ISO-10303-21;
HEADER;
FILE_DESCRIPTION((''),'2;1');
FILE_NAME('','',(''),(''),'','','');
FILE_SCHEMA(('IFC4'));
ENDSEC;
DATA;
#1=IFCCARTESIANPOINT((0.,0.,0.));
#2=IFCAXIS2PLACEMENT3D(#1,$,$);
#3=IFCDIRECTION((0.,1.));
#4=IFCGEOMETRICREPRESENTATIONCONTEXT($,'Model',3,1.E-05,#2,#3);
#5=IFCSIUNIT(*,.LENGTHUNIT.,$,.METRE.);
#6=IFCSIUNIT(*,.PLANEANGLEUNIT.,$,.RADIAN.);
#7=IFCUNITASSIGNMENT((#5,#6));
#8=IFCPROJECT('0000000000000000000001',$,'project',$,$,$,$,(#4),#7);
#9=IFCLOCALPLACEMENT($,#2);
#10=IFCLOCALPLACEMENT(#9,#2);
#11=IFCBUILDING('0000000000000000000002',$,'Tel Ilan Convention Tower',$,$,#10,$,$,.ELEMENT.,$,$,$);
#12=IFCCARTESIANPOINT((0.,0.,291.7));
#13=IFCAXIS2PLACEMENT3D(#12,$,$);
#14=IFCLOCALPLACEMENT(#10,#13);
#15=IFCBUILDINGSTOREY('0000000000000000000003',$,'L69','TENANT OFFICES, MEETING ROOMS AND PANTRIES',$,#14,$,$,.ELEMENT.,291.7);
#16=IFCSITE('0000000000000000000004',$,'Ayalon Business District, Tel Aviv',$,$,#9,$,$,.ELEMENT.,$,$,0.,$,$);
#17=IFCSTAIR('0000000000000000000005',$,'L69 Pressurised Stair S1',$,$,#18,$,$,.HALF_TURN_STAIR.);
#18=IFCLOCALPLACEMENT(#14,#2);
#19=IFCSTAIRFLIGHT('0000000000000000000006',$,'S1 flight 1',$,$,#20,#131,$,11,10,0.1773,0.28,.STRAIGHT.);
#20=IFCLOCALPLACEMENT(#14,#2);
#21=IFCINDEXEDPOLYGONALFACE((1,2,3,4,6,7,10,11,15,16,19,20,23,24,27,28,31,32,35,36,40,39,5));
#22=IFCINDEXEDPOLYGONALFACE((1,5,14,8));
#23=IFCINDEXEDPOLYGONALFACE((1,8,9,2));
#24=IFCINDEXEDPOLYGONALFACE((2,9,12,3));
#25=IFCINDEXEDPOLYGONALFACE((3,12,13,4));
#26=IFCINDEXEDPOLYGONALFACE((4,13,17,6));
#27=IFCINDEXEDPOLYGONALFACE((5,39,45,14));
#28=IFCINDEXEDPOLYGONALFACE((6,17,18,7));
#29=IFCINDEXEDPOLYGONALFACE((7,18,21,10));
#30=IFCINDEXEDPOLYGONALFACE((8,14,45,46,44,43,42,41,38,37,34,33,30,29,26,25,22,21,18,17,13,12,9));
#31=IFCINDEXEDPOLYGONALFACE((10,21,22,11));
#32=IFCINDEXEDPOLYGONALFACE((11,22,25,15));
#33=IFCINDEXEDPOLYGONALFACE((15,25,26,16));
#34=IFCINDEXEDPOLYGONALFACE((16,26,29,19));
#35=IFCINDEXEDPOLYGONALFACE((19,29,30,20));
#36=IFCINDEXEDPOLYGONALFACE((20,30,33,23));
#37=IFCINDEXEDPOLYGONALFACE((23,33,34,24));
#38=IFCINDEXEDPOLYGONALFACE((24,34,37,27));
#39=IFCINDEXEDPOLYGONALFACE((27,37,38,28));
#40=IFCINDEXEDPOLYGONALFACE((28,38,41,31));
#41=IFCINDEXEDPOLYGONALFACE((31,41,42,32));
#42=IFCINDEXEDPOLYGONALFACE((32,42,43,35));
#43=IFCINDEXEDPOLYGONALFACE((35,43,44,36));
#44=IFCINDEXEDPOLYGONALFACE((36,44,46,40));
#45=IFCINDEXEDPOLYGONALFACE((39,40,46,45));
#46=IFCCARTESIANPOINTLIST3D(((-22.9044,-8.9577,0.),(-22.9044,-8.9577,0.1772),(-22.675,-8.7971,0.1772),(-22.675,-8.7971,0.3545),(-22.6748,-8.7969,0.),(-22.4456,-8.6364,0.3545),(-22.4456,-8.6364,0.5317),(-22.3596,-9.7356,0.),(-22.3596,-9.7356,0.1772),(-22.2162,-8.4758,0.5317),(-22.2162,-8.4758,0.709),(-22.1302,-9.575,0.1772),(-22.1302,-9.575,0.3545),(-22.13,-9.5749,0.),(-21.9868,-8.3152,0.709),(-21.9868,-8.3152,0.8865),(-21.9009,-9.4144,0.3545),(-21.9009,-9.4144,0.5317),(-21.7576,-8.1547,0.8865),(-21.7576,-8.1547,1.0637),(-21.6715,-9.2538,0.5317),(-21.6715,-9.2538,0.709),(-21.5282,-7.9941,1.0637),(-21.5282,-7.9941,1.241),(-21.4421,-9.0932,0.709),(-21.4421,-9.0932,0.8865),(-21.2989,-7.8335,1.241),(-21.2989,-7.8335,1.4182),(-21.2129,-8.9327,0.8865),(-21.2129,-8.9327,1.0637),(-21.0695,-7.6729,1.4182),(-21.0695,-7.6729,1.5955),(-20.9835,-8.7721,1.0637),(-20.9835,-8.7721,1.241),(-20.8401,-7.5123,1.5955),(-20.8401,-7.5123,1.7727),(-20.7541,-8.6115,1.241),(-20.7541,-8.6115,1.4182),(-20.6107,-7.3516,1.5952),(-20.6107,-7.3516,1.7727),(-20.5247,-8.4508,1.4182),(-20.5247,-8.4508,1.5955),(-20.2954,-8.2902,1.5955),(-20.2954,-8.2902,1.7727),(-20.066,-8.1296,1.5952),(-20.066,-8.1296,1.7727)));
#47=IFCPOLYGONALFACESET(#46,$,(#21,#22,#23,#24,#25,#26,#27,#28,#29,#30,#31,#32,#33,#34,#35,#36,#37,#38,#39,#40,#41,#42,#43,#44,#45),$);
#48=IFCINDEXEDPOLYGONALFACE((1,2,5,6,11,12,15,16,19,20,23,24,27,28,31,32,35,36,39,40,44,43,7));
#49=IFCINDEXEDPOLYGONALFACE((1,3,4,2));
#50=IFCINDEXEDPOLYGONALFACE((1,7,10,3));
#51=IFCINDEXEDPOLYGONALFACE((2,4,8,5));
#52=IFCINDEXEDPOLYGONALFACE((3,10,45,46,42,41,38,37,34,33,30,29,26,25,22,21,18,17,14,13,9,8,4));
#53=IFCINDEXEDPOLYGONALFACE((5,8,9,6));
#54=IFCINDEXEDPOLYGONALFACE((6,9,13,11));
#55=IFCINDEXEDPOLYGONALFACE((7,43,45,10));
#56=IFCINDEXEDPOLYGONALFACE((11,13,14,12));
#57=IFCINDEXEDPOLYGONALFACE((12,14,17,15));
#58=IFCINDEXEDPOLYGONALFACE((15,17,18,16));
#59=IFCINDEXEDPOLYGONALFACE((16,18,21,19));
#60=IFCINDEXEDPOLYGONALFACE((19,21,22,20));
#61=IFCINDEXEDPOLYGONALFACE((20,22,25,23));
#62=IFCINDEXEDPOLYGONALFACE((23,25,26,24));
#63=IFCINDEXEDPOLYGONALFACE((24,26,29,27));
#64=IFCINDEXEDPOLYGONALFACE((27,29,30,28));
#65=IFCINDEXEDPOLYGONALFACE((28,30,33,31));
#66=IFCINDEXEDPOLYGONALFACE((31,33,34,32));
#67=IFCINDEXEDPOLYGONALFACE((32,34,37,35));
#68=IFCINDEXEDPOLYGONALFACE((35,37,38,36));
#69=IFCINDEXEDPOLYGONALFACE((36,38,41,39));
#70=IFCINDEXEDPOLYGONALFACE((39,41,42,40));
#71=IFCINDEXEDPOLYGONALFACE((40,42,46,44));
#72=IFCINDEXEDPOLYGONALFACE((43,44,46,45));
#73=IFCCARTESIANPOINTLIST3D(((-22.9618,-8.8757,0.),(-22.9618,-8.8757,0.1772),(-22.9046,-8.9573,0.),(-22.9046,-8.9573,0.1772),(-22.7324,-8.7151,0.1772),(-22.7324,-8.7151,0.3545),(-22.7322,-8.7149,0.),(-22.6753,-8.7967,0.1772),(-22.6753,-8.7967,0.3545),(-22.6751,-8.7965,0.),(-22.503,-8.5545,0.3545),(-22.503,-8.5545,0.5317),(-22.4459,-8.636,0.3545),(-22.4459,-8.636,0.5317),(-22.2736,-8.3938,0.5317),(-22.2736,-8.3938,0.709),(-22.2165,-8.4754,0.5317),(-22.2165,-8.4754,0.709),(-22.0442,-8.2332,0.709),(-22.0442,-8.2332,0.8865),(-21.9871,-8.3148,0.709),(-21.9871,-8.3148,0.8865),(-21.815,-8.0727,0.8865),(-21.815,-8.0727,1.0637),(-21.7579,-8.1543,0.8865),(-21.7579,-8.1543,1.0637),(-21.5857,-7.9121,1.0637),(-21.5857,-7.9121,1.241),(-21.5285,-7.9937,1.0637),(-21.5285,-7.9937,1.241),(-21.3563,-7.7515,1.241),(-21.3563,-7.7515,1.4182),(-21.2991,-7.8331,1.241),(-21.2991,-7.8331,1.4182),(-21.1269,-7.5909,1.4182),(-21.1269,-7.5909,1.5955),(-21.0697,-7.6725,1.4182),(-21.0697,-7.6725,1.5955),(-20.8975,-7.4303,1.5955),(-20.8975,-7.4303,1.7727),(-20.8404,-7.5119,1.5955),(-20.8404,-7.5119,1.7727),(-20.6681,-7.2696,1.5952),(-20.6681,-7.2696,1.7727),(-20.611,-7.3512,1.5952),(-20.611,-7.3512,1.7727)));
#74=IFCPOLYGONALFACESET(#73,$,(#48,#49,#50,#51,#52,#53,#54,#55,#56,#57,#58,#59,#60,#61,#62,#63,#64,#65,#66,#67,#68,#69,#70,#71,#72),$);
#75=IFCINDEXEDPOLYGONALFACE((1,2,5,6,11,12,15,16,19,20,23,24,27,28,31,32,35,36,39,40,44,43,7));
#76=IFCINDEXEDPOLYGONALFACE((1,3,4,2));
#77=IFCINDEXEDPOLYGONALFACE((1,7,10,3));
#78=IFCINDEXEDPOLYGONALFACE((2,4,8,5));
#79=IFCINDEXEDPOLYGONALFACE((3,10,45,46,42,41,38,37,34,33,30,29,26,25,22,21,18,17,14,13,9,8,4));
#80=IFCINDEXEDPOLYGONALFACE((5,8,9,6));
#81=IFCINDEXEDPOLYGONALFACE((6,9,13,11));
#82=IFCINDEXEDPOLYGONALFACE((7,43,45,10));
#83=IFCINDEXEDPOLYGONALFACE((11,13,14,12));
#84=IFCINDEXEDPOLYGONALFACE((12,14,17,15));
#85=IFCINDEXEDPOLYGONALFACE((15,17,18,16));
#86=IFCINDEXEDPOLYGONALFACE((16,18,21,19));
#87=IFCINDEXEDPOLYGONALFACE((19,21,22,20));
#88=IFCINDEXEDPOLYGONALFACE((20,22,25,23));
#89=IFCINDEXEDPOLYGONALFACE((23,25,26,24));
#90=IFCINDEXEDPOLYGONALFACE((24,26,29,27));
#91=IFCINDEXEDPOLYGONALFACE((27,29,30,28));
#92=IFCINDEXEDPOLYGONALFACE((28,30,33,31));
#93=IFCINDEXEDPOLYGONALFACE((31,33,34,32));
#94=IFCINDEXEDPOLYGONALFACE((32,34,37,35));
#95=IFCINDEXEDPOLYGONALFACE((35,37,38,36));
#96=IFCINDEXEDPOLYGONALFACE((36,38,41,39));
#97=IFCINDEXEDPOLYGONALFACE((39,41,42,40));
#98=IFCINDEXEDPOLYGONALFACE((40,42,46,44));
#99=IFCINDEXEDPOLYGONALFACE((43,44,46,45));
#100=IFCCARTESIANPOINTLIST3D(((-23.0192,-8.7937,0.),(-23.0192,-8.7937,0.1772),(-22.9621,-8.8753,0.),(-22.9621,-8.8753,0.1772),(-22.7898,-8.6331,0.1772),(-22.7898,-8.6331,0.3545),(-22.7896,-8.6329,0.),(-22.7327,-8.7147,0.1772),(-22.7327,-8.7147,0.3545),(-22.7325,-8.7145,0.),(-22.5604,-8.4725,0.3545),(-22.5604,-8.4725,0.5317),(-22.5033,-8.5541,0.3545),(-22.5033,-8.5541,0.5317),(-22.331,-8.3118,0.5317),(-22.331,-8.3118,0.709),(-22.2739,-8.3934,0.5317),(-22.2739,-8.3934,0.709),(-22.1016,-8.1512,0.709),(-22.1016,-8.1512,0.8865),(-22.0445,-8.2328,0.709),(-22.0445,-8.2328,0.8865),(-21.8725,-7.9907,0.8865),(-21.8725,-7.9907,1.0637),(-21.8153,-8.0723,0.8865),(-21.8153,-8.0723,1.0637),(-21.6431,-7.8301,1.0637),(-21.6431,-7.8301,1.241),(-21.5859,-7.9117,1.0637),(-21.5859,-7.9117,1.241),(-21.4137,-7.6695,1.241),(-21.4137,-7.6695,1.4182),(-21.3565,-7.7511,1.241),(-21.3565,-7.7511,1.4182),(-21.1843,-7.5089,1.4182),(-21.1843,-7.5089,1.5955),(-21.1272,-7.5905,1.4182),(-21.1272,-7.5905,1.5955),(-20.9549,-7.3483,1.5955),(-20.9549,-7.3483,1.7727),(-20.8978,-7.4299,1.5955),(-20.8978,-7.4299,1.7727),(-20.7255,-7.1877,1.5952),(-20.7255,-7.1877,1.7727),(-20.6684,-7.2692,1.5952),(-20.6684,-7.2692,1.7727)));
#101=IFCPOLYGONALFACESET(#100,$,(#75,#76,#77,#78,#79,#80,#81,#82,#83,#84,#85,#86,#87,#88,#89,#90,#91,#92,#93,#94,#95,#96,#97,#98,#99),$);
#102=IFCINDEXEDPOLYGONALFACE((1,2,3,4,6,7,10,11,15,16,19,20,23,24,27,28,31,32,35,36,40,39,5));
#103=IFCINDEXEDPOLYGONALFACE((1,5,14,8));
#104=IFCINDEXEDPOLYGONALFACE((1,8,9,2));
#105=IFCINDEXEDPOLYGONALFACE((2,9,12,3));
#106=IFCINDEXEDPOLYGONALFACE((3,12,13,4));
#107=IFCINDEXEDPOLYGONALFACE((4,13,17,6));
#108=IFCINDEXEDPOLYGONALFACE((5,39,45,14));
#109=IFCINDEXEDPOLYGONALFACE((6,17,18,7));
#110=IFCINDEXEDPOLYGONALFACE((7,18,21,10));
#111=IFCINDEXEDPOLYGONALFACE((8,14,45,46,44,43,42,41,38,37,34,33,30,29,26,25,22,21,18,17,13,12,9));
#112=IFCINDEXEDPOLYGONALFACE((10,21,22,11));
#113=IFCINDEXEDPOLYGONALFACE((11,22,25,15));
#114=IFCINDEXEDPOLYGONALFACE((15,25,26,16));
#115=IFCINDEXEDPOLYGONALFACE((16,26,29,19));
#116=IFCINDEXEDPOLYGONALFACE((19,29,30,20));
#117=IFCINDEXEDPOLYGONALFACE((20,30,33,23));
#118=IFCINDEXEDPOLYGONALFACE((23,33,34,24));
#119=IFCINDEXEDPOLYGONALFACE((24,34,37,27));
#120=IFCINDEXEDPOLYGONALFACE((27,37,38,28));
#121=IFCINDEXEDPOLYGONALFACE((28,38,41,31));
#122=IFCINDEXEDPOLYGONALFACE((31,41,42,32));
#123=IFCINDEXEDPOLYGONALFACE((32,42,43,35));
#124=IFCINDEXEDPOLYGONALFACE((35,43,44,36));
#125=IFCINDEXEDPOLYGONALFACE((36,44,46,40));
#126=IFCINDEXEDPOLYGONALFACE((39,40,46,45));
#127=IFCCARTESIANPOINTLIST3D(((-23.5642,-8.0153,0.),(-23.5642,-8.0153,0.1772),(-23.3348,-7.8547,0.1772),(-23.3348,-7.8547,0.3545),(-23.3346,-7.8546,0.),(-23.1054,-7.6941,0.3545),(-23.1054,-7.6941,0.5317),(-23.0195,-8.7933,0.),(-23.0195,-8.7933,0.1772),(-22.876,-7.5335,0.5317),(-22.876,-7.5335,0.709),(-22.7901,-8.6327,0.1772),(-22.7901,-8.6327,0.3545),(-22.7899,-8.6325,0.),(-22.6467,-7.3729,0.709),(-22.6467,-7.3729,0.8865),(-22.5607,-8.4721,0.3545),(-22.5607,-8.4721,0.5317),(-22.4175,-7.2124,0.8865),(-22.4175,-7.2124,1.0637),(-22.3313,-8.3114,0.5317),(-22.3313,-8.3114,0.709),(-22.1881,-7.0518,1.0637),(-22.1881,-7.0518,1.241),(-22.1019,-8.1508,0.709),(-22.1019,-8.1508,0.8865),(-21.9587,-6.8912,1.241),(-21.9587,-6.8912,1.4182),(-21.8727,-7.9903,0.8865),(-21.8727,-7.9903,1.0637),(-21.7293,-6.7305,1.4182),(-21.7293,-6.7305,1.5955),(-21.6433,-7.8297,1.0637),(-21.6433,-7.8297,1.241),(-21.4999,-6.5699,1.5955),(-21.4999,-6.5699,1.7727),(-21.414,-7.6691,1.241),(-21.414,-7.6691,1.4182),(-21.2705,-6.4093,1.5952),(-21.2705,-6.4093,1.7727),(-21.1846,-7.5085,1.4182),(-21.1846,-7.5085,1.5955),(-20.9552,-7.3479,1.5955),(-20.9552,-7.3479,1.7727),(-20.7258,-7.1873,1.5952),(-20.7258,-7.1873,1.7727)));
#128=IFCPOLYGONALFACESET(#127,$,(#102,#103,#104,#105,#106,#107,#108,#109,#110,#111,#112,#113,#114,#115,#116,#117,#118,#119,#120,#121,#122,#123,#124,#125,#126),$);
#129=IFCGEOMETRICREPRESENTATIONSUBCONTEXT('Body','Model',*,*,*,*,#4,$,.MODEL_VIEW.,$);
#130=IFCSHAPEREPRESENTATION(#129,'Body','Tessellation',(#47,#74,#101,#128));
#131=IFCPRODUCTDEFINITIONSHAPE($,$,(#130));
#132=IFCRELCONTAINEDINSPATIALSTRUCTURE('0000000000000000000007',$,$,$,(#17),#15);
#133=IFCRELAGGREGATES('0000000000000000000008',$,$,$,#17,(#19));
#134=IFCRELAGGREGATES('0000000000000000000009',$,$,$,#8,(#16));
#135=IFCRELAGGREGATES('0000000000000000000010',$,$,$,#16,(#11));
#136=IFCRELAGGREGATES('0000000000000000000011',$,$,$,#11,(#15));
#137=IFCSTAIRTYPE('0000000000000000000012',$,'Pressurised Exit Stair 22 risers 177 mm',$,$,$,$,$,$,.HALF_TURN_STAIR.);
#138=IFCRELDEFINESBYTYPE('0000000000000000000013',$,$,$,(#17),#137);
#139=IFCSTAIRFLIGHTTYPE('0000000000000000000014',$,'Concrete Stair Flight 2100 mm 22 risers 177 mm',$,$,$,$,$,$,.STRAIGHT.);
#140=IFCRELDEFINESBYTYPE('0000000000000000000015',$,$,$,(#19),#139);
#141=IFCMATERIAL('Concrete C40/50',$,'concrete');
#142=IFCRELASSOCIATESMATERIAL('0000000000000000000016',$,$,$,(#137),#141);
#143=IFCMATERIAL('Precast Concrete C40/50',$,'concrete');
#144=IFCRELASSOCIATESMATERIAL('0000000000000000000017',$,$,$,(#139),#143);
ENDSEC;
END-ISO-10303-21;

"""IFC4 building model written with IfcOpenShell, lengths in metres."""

from ifc_helpers import new_model, si_unit, direction, frame, origin, place, context, subcontext, project, spatial, polyline, outline, extrude, material, type_object, element, aggregate, save


model = new_model("IFC4")

# Units and contexts
model_context = context("Model", 3, precision=1e-05, world=origin(), true_north=direction((0.0, 1.0)))
body_context = subcontext(model_context, "Body", "Model", "MODEL_VIEW")
ifc_project = project(units=[si_unit("LENGTHUNIT", "METRE"), si_unit("PLANEANGLEUNIT", "RADIAN")], contexts=[model_context])

# Site, building, storey
site_placement = place(None, origin())
site = spatial("IfcSite", under=ifc_project, at=site_placement, Name="Ayalon Business District, Tel Aviv", CompositionType="ELEMENT", RefElevation=0.0)
building_placement = place(site_placement, origin())
building = spatial("IfcBuilding", under=site, at=building_placement, Name="Tel Ilan Convention Tower", CompositionType="ELEMENT")
storey_placement = place(building_placement, frame((0.0, 0.0, 291.7)))
storey = spatial("IfcBuildingStorey", under=building, at=storey_placement, Name="L69", Description="TENANT OFFICES, MEETING ROOMS AND PANTRIES", CompositionType="ELEMENT", Elevation=291.7)

# Stair, stair flight
ifc_material_1 = material(Name="Concrete C40/50", Category="concrete")
stair_type = type_object("IfcStairType", Name="Pressurised Exit Stair 22 risers 177 mm", PredefinedType="HALF_TURN_STAIR", material=ifc_material_1)
stair_1_placement = place(storey_placement, origin())
stair_1 = element("IfcStair", 1, at=stair_1_placement, inside=storey, type_object=stair_type, Name="L69 Pressurised Stair S1", PredefinedType="HALF_TURN_STAIR")
ifc_material_2 = material(Name="Precast Concrete C40/50", Category="concrete")
stair_flight_type = type_object("IfcStairFlightType", Name="Concrete Stair Flight 2100 mm 22 risers 177 mm", PredefinedType="STRAIGHT", material=ifc_material_2)
stair_flight_1_placement = place(storey_placement, frame((-22.9619, -8.8755, 0.0), z_axis=(0.0, 0.0, 1.0), x_axis=(0.819152, 0.573576, 0.0)))
stair_flight_1 = element("IfcStairFlight", 2, at=stair_flight_1_placement, type_object=stair_flight_type, Name="S1 flight 1", NumberOfRisers=11, NumberOfTreads=10, PredefinedType="STRAIGHT", RiserHeight=0.1773, TreadLength=0.28, context=body_context, shape_type="SweptSolid", body=[
    extrude(outline(polyline([(0.0, 0.0), (0.0, 0.1772), (0.28, 0.1772), (0.28, 0.3545), (0.5601, 0.3545), (0.5601, 0.5317), (0.8401, 0.5317), (0.8401, 0.709), (1.1201, 0.709), (1.1201, 0.8865), (1.3999, 0.8865), (1.3999, 1.0637), (1.6799, 1.0637), (1.6799, 1.241), (1.96, 1.241), (1.96, 1.4182), (2.24, 1.4182), (2.24, 1.5955), (2.52, 1.5955), (2.52, 1.7727), (2.8, 1.7727), (2.8, 1.95), (2.8, 1.5952), (0.2803, 0.0), (0.0, 0.0)])), frame((0.0, -0.1003, 0.0), z_axis=(0.0, -1.0, 0.0), x_axis=(1.0, 0.0, 0.0)), (0.0, 0.0, 1.0), 0.9497),
    extrude(outline(polyline([(0.0, 0.0), (0.0, 0.1772), (0.28, 0.1772), (0.28, 0.3545), (0.5601, 0.3545), (0.5601, 0.5317), (0.8401, 0.5317), (0.8401, 0.709), (1.1201, 0.709), (1.1201, 0.8865), (1.3999, 0.8865), (1.3999, 1.0637), (1.6799, 1.0637), (1.6799, 1.241), (1.96, 1.241), (1.96, 1.4182), (2.24, 1.4182), (2.24, 1.5955), (2.52, 1.5955), (2.52, 1.7727), (2.8, 1.7727), (2.8, 1.95), (2.8, 1.5952), (0.2803, 0.0), (0.0, 0.0)])), frame((0.0, -0.0002, 0.0), z_axis=(0.0, -1.0, 0.0), x_axis=(1.0, 0.0, 0.0)), (0.0, 0.0, 1.0), 0.0996),
    extrude(outline(polyline([(0.0, 0.0), (0.0, 0.1772), (0.28, 0.1772), (0.28, 0.3545), (0.5601, 0.3545), (0.5601, 0.5317), (0.8401, 0.5317), (0.8401, 0.709), (1.1201, 0.709), (1.1201, 0.8865), (1.3999, 0.8865), (1.3999, 1.0637), (1.6799, 1.0637), (1.6799, 1.241), (1.96, 1.241), (1.96, 1.4182), (2.24, 1.4182), (2.24, 1.5955), (2.52, 1.5955), (2.52, 1.7727), (2.8, 1.7727), (2.8, 1.95), (2.8, 1.5952), (0.2803, 0.0), (0.0, 0.0)])), frame((0.0, 0.0999, 0.0), z_axis=(0.0, -1.0, 0.0), x_axis=(1.0, 0.0, 0.0)), (0.0, 0.0, 1.0), 0.0996),
    extrude(outline(polyline([(0.0, 0.0), (0.0, 0.1772), (0.28, 0.1772), (0.28, 0.3545), (0.5601, 0.3545), (0.5601, 0.5317), (0.8401, 0.5317), (0.8401, 0.709), (1.1201, 0.709), (1.1201, 0.8865), (1.3999, 0.8865), (1.3999, 1.0637), (1.6799, 1.0637), (1.6799, 1.241), (1.96, 1.241), (1.96, 1.4182), (2.24, 1.4182), (2.24, 1.5955), (2.52, 1.5955), (2.52, 1.7727), (2.8, 1.7727), (2.8, 1.95), (2.8, 1.5952), (0.2803, 0.0), (0.0, 0.0)])), frame((0.0, 1.05, 0.0), z_axis=(0.0, -1.0, 0.0), x_axis=(1.0, 0.0, 0.0)), (0.0, 0.0, 1.0), 0.9497),
])
aggregate(stair_1, [stair_flight_1])

save(model, "model.ifc")
